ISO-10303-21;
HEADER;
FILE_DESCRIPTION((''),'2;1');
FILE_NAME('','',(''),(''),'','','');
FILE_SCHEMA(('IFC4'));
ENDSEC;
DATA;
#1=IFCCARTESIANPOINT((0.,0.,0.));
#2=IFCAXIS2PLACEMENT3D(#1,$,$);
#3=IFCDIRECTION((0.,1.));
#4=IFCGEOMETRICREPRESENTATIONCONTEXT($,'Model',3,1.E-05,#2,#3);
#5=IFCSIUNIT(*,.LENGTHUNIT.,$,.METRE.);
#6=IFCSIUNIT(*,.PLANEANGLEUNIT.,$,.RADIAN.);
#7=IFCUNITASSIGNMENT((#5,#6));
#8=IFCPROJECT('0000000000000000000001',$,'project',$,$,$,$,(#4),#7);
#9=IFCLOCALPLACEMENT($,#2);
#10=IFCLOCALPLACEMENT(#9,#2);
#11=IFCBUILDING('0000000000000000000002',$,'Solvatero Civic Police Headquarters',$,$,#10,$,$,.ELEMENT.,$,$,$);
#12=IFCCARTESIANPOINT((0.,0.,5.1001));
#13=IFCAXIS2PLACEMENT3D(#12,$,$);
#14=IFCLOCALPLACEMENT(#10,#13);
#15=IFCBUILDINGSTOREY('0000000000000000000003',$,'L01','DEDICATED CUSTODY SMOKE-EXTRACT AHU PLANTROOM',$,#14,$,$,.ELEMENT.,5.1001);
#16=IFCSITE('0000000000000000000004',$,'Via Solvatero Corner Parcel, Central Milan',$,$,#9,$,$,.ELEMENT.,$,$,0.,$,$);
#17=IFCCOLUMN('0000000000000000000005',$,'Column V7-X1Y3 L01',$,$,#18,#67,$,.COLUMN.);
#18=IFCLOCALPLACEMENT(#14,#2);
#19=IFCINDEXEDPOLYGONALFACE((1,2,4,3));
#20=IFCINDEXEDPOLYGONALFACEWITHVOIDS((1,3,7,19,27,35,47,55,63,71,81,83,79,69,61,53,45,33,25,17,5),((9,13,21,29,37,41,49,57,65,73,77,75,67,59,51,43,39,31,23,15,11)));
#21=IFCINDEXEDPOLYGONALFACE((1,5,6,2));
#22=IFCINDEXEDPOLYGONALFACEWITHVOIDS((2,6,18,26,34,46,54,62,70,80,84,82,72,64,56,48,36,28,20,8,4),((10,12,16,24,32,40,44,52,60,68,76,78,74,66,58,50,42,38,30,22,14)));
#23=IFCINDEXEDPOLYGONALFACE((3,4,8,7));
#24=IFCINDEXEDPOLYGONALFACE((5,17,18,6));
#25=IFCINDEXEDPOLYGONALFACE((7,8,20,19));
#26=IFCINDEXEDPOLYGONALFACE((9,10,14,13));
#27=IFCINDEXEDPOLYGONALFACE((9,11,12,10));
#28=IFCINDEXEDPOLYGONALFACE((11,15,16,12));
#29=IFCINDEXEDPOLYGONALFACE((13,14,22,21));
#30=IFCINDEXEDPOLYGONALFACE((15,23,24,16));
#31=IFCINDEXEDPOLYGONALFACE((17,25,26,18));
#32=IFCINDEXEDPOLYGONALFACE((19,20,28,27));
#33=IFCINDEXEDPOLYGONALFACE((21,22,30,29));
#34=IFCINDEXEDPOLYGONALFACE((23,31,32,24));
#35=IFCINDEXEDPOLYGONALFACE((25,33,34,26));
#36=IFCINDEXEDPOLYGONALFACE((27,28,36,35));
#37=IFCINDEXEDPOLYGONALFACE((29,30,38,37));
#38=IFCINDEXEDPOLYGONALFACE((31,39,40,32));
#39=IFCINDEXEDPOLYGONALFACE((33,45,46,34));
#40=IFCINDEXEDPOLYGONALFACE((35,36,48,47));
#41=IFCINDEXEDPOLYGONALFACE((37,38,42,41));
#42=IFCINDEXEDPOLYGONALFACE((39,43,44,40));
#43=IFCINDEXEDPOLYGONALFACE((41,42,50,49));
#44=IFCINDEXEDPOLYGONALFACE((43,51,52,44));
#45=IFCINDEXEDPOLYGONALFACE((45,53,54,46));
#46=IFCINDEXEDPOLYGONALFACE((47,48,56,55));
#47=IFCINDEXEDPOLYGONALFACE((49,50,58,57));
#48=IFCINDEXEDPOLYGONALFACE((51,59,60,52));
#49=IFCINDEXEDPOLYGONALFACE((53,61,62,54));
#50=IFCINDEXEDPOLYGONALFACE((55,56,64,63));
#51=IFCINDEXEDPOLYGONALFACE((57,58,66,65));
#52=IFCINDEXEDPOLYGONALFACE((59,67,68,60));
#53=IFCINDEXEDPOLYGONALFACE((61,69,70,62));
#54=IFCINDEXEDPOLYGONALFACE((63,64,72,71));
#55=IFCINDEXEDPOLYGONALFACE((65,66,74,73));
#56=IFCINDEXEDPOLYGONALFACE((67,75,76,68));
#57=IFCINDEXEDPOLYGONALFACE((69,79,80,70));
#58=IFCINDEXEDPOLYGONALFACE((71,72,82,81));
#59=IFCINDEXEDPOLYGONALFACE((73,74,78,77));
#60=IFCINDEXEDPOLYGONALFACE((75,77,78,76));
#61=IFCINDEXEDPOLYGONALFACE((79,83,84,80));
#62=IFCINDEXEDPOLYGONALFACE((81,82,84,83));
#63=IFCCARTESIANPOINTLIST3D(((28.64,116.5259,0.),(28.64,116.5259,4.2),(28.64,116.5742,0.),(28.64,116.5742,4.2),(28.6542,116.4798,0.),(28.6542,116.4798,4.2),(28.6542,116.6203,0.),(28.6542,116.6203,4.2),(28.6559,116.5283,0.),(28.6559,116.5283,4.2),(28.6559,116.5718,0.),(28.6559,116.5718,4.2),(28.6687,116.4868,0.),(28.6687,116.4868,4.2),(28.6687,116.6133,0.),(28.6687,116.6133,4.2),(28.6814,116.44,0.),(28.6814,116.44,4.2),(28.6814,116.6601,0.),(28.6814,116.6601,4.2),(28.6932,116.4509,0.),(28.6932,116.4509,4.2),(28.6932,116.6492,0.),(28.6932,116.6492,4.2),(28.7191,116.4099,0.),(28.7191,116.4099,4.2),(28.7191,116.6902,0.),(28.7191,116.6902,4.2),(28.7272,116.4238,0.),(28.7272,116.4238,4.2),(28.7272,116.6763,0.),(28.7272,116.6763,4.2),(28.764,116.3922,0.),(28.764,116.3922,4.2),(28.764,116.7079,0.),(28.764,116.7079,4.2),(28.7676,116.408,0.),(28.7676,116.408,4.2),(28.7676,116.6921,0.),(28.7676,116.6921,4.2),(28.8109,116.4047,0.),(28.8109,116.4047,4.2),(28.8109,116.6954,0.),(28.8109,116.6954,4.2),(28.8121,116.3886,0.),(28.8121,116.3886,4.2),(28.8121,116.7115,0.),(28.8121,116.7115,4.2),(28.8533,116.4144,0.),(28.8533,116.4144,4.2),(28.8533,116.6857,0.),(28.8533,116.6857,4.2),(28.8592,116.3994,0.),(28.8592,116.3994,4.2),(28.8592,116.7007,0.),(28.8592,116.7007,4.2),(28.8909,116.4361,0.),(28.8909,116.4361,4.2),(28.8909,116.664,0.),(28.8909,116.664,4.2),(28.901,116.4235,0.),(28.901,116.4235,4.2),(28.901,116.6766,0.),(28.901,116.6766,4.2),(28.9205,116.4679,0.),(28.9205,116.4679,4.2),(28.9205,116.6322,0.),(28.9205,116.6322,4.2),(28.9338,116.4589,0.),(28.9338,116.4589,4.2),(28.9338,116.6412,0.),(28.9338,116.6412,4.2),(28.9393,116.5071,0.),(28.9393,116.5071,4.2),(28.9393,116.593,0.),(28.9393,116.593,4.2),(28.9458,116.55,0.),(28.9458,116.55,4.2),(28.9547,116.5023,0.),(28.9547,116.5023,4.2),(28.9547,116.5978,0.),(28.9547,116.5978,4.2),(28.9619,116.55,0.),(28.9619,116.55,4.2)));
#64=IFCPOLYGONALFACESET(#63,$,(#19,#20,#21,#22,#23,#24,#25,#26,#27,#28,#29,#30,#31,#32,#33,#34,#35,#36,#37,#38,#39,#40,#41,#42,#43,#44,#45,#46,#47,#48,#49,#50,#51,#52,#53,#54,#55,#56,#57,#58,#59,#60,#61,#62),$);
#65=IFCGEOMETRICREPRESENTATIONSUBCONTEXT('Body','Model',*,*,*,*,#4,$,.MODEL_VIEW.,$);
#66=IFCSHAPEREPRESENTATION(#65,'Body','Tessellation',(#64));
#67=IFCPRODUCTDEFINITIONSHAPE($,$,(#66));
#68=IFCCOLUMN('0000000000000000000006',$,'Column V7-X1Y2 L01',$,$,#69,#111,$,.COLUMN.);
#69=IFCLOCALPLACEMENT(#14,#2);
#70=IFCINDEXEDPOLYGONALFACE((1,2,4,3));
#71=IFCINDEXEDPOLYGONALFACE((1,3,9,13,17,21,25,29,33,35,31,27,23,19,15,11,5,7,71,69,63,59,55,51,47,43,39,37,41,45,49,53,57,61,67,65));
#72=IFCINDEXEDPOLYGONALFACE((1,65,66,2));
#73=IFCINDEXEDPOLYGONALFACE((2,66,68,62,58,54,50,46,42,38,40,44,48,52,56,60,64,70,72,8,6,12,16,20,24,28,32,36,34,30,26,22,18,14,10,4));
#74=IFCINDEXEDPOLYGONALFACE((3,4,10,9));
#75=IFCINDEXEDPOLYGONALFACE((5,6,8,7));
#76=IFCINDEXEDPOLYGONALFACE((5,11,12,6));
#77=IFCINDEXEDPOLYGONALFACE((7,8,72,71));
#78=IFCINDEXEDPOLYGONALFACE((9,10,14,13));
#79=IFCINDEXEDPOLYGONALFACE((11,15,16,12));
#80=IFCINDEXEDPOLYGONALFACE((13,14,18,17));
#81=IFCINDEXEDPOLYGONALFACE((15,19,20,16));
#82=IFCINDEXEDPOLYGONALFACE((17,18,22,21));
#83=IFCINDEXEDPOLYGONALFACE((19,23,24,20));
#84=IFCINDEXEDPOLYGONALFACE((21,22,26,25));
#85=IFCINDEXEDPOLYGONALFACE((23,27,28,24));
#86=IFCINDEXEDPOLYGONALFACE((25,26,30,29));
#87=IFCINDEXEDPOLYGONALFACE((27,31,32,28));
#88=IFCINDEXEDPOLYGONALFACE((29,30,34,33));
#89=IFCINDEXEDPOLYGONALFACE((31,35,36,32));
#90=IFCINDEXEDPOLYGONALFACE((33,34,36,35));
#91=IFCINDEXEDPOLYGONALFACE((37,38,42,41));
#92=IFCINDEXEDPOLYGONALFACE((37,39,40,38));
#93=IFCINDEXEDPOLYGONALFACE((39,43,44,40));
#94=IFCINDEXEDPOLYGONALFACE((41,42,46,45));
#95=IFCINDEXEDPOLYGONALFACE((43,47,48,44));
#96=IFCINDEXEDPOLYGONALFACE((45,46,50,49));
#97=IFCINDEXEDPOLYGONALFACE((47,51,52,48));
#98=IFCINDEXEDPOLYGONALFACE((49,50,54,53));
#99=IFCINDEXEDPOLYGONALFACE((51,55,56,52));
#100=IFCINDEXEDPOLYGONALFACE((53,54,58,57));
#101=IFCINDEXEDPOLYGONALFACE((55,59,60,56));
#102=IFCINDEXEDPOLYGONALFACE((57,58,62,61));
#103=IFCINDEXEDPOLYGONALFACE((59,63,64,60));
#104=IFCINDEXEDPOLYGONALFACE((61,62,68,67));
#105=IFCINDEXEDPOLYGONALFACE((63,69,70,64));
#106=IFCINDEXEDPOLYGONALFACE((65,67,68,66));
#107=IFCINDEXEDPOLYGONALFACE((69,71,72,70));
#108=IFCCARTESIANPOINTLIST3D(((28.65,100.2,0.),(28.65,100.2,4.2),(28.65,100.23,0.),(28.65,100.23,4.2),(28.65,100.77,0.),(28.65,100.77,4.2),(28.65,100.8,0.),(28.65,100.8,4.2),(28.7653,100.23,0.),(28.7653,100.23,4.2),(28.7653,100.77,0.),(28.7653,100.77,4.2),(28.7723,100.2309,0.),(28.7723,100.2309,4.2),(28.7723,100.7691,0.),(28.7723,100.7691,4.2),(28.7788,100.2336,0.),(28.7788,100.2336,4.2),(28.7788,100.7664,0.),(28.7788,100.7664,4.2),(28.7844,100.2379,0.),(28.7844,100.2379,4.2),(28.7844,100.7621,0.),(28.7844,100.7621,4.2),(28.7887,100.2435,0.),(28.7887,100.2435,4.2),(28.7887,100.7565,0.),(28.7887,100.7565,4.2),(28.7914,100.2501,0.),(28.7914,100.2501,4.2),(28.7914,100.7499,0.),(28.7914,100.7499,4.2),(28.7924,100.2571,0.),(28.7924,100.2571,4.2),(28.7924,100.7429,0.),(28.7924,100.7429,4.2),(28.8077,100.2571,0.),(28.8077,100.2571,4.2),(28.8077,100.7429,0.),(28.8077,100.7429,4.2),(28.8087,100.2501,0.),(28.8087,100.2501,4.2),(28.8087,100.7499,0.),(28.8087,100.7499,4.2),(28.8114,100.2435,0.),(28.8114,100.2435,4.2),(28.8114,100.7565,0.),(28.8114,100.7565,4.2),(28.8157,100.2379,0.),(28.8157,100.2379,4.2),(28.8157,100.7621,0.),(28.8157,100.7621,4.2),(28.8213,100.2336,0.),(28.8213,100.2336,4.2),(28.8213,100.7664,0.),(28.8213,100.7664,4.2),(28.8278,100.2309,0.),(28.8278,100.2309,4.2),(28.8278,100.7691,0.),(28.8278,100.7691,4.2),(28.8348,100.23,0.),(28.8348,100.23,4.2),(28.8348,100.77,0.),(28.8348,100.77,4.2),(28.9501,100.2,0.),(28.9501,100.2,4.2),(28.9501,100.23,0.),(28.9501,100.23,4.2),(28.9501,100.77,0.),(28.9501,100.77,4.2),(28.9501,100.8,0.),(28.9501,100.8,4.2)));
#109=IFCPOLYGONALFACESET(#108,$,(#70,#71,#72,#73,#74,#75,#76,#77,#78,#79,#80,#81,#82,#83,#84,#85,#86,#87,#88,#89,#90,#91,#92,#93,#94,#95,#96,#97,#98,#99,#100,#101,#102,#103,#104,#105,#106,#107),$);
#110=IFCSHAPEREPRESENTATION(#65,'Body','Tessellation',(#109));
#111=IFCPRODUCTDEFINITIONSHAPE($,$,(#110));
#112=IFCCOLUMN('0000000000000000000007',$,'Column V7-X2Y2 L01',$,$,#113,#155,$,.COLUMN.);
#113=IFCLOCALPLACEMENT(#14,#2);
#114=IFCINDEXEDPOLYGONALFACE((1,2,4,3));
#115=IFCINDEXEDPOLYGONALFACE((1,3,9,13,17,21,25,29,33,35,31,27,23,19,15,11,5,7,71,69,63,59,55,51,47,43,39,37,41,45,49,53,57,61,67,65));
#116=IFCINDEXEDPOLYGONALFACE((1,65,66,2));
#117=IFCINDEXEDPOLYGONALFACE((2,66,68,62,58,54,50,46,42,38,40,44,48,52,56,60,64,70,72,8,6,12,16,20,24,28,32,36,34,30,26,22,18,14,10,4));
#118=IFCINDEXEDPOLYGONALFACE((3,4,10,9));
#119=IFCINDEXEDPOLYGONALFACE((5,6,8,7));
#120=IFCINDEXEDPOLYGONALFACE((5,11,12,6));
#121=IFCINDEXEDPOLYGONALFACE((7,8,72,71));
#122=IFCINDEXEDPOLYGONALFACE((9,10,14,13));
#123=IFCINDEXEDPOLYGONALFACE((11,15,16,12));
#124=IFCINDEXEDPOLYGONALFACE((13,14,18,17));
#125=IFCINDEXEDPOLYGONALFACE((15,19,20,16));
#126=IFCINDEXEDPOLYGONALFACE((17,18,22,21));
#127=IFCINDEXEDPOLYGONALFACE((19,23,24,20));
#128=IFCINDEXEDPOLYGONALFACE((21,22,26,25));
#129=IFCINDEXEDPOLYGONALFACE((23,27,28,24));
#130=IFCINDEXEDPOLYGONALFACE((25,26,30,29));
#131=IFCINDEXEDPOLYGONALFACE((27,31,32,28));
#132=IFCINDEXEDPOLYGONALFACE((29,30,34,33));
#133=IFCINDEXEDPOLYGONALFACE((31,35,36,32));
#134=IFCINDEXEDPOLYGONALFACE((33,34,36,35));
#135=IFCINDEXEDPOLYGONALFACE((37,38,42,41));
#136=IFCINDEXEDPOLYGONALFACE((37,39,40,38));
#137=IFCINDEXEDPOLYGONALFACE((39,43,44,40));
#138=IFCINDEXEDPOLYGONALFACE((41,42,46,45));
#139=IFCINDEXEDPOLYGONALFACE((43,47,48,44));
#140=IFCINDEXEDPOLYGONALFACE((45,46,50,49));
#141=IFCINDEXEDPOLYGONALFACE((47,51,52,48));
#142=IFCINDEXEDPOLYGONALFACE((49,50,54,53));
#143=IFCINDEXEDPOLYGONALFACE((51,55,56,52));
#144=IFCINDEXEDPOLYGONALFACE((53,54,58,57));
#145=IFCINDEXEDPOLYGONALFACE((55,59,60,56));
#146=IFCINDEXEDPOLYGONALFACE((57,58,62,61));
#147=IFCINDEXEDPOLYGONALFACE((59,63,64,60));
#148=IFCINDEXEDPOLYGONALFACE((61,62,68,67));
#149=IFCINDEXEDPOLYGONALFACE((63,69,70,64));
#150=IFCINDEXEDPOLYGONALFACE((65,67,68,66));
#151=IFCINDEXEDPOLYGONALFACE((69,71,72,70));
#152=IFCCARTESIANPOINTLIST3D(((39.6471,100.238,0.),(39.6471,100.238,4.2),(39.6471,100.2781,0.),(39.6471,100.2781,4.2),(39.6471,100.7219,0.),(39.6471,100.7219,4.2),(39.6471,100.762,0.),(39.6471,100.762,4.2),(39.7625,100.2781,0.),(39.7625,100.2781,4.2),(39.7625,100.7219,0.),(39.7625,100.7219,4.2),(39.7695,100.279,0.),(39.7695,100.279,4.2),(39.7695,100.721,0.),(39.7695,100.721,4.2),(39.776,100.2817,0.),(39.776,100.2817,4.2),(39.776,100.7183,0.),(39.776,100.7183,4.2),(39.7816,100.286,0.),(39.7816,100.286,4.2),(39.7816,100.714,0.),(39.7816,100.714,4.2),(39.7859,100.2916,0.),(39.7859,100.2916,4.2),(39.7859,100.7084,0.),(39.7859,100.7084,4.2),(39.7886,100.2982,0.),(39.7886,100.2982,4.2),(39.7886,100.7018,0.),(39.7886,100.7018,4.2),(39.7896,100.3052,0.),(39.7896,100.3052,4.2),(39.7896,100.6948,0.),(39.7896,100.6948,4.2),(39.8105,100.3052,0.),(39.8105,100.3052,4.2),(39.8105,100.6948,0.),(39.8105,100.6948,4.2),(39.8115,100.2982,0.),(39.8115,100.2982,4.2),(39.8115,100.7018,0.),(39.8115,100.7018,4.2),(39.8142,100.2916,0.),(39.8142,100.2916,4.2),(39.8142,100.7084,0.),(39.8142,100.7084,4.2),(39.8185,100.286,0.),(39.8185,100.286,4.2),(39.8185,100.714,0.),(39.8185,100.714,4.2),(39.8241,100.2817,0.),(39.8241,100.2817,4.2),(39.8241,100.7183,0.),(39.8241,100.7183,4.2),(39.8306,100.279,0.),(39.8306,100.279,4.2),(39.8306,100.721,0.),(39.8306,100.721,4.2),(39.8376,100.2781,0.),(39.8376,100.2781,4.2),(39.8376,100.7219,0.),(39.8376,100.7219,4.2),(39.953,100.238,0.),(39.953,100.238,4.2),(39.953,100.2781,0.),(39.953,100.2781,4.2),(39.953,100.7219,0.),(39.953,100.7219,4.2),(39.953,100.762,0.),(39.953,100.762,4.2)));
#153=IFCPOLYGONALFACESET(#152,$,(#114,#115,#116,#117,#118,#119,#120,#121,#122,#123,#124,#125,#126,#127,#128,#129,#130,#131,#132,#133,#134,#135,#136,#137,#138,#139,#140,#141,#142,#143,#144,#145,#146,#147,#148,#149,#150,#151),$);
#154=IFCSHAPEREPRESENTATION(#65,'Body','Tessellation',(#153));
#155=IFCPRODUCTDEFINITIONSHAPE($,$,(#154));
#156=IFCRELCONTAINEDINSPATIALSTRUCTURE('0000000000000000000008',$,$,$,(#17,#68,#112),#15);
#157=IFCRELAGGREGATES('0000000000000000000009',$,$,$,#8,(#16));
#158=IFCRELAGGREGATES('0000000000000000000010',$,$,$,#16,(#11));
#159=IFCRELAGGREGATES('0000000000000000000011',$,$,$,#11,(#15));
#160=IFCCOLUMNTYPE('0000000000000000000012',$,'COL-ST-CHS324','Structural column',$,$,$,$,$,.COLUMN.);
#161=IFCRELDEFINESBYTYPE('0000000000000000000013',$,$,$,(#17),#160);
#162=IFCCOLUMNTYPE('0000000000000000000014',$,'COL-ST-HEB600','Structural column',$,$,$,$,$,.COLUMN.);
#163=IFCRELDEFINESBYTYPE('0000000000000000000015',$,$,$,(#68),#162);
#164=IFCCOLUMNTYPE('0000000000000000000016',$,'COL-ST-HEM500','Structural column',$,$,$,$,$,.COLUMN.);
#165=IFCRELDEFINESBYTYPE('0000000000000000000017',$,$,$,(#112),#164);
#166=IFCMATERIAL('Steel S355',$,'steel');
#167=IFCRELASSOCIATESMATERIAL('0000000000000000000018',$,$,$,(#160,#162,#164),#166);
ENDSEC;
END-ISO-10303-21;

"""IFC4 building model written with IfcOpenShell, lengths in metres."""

from ifc_helpers import new_model, si_unit, direction, frame, origin, origin_2d, place, context, subcontext, project, spatial, hollow_circle, i_section, extrude, material, material_profile, profile_set, type_object, element, save


model = new_model("IFC4")

# Units and contexts
model_context = context("Model", 3, precision=1e-05, world=origin(), true_north=direction((0.0, 1.0)))
body_context = subcontext(model_context, "Body", "Model", "MODEL_VIEW")
ifc_project = project(units=[si_unit("LENGTHUNIT", "METRE"), si_unit("PLANEANGLEUNIT", "RADIAN")], contexts=[model_context])

# Site, building, storey
site_placement = place(None, origin())
site = spatial("IfcSite", under=ifc_project, at=site_placement, Name="Via Solvatero Corner Parcel, Central Milan", CompositionType="ELEMENT", RefElevation=0.0)
building_placement = place(site_placement, origin())
building = spatial("IfcBuilding", under=site, at=building_placement, Name="Solvatero Civic Police Headquarters", CompositionType="ELEMENT")
storey_placement = place(building_placement, frame((0.0, 0.0, 5.1001)))
storey = spatial("IfcBuildingStorey", under=building, at=storey_placement, Name="L01", Description="DEDICATED CUSTODY SMOKE-EXTRACT AHU PLANTROOM", CompositionType="ELEMENT", Elevation=5.1001)

# Columns
ifc_material_1 = material(Name="Steel S355", Category="steel")
ifc_material_profile_1 = material_profile(ifc_material_1, hollow_circle(Radius=0.1619, WallThickness=0.0161, at=origin_2d()), Name="CHS 323.9x16.0")
ifc_profile_set_1 = profile_set([ifc_material_profile_1], Name="Steel S355")
column_type_1 = type_object("IfcColumnType", Name="COL-ST-CHS324", Description="Structural column", PredefinedType="COLUMN", material=ifc_profile_set_1)
column_1_placement = place(storey_placement, frame((28.8, 116.55, 0.0), z_axis=(0.0, 0.0, 1.0), x_axis=(1.0, 0.0, 0.0)))
element("IfcColumn", 1, at=column_1_placement, inside=storey, type_object=column_type_1, Name="Column V7-X1Y3 L01", PredefinedType="COLUMN", context=body_context, shape_type="SweptSolid", body=[
    extrude(hollow_circle(Radius=0.1619, WallThickness=0.0161, at=origin_2d()), origin(), (0.0, 0.0, 1.0), 4.2),
])
ifc_material_profile_2 = material_profile(ifc_material_1, i_section(OverallWidth=0.3, OverallDepth=0.6001, WebThickness=0.0154, FlangeThickness=0.03, FilletRadius=0.0271, at=origin_2d()), Name="HEB 600")
ifc_profile_set_2 = profile_set([ifc_material_profile_2], Name="Steel S355")
column_type_2 = type_object("IfcColumnType", Name="COL-ST-HEB600", Description="Structural column", PredefinedType="COLUMN", material=ifc_profile_set_2)
column_2_placement = place(storey_placement, frame((28.8, 100.5, 0.0), z_axis=(0.0, 0.0, 1.0), x_axis=(1.0, 0.0, 0.0)))
element("IfcColumn", 2, at=column_2_placement, inside=storey, type_object=column_type_2, Name="Column V7-X1Y2 L01", PredefinedType="COLUMN", context=body_context, shape_type="SweptSolid", body=[
    extrude(i_section(OverallWidth=0.3, OverallDepth=0.6001, WebThickness=0.0154, FlangeThickness=0.03, FilletRadius=0.0271, at=origin_2d()), origin(), (0.0, 0.0, 1.0), 4.2),
])
ifc_material_profile_3 = material_profile(ifc_material_1, i_section(OverallWidth=0.3059, OverallDepth=0.5239, WebThickness=0.021, FlangeThickness=0.04, FilletRadius=0.0271, at=origin_2d()), Name="HEM 500")
ifc_profile_set_3 = profile_set([ifc_material_profile_3], Name="Steel S355")
column_type_3 = type_object("IfcColumnType", Name="COL-ST-HEM500", Description="Structural column", PredefinedType="COLUMN", material=ifc_profile_set_3)
column_3_placement = place(storey_placement, frame((39.8, 100.5, 0.0), z_axis=(0.0, 0.0, 1.0), x_axis=(1.0, 0.0, 0.0)))
element("IfcColumn", 3, at=column_3_placement, inside=storey, type_object=column_type_3, Name="Column V7-X2Y2 L01", PredefinedType="COLUMN", context=body_context, shape_type="SweptSolid", body=[
    extrude(i_section(OverallWidth=0.3059, OverallDepth=0.5239, WebThickness=0.021, FlangeThickness=0.04, FilletRadius=0.0271, at=origin_2d()), origin(), (0.0, 0.0, 1.0), 4.2),
])

save(model, "model.ifc")
